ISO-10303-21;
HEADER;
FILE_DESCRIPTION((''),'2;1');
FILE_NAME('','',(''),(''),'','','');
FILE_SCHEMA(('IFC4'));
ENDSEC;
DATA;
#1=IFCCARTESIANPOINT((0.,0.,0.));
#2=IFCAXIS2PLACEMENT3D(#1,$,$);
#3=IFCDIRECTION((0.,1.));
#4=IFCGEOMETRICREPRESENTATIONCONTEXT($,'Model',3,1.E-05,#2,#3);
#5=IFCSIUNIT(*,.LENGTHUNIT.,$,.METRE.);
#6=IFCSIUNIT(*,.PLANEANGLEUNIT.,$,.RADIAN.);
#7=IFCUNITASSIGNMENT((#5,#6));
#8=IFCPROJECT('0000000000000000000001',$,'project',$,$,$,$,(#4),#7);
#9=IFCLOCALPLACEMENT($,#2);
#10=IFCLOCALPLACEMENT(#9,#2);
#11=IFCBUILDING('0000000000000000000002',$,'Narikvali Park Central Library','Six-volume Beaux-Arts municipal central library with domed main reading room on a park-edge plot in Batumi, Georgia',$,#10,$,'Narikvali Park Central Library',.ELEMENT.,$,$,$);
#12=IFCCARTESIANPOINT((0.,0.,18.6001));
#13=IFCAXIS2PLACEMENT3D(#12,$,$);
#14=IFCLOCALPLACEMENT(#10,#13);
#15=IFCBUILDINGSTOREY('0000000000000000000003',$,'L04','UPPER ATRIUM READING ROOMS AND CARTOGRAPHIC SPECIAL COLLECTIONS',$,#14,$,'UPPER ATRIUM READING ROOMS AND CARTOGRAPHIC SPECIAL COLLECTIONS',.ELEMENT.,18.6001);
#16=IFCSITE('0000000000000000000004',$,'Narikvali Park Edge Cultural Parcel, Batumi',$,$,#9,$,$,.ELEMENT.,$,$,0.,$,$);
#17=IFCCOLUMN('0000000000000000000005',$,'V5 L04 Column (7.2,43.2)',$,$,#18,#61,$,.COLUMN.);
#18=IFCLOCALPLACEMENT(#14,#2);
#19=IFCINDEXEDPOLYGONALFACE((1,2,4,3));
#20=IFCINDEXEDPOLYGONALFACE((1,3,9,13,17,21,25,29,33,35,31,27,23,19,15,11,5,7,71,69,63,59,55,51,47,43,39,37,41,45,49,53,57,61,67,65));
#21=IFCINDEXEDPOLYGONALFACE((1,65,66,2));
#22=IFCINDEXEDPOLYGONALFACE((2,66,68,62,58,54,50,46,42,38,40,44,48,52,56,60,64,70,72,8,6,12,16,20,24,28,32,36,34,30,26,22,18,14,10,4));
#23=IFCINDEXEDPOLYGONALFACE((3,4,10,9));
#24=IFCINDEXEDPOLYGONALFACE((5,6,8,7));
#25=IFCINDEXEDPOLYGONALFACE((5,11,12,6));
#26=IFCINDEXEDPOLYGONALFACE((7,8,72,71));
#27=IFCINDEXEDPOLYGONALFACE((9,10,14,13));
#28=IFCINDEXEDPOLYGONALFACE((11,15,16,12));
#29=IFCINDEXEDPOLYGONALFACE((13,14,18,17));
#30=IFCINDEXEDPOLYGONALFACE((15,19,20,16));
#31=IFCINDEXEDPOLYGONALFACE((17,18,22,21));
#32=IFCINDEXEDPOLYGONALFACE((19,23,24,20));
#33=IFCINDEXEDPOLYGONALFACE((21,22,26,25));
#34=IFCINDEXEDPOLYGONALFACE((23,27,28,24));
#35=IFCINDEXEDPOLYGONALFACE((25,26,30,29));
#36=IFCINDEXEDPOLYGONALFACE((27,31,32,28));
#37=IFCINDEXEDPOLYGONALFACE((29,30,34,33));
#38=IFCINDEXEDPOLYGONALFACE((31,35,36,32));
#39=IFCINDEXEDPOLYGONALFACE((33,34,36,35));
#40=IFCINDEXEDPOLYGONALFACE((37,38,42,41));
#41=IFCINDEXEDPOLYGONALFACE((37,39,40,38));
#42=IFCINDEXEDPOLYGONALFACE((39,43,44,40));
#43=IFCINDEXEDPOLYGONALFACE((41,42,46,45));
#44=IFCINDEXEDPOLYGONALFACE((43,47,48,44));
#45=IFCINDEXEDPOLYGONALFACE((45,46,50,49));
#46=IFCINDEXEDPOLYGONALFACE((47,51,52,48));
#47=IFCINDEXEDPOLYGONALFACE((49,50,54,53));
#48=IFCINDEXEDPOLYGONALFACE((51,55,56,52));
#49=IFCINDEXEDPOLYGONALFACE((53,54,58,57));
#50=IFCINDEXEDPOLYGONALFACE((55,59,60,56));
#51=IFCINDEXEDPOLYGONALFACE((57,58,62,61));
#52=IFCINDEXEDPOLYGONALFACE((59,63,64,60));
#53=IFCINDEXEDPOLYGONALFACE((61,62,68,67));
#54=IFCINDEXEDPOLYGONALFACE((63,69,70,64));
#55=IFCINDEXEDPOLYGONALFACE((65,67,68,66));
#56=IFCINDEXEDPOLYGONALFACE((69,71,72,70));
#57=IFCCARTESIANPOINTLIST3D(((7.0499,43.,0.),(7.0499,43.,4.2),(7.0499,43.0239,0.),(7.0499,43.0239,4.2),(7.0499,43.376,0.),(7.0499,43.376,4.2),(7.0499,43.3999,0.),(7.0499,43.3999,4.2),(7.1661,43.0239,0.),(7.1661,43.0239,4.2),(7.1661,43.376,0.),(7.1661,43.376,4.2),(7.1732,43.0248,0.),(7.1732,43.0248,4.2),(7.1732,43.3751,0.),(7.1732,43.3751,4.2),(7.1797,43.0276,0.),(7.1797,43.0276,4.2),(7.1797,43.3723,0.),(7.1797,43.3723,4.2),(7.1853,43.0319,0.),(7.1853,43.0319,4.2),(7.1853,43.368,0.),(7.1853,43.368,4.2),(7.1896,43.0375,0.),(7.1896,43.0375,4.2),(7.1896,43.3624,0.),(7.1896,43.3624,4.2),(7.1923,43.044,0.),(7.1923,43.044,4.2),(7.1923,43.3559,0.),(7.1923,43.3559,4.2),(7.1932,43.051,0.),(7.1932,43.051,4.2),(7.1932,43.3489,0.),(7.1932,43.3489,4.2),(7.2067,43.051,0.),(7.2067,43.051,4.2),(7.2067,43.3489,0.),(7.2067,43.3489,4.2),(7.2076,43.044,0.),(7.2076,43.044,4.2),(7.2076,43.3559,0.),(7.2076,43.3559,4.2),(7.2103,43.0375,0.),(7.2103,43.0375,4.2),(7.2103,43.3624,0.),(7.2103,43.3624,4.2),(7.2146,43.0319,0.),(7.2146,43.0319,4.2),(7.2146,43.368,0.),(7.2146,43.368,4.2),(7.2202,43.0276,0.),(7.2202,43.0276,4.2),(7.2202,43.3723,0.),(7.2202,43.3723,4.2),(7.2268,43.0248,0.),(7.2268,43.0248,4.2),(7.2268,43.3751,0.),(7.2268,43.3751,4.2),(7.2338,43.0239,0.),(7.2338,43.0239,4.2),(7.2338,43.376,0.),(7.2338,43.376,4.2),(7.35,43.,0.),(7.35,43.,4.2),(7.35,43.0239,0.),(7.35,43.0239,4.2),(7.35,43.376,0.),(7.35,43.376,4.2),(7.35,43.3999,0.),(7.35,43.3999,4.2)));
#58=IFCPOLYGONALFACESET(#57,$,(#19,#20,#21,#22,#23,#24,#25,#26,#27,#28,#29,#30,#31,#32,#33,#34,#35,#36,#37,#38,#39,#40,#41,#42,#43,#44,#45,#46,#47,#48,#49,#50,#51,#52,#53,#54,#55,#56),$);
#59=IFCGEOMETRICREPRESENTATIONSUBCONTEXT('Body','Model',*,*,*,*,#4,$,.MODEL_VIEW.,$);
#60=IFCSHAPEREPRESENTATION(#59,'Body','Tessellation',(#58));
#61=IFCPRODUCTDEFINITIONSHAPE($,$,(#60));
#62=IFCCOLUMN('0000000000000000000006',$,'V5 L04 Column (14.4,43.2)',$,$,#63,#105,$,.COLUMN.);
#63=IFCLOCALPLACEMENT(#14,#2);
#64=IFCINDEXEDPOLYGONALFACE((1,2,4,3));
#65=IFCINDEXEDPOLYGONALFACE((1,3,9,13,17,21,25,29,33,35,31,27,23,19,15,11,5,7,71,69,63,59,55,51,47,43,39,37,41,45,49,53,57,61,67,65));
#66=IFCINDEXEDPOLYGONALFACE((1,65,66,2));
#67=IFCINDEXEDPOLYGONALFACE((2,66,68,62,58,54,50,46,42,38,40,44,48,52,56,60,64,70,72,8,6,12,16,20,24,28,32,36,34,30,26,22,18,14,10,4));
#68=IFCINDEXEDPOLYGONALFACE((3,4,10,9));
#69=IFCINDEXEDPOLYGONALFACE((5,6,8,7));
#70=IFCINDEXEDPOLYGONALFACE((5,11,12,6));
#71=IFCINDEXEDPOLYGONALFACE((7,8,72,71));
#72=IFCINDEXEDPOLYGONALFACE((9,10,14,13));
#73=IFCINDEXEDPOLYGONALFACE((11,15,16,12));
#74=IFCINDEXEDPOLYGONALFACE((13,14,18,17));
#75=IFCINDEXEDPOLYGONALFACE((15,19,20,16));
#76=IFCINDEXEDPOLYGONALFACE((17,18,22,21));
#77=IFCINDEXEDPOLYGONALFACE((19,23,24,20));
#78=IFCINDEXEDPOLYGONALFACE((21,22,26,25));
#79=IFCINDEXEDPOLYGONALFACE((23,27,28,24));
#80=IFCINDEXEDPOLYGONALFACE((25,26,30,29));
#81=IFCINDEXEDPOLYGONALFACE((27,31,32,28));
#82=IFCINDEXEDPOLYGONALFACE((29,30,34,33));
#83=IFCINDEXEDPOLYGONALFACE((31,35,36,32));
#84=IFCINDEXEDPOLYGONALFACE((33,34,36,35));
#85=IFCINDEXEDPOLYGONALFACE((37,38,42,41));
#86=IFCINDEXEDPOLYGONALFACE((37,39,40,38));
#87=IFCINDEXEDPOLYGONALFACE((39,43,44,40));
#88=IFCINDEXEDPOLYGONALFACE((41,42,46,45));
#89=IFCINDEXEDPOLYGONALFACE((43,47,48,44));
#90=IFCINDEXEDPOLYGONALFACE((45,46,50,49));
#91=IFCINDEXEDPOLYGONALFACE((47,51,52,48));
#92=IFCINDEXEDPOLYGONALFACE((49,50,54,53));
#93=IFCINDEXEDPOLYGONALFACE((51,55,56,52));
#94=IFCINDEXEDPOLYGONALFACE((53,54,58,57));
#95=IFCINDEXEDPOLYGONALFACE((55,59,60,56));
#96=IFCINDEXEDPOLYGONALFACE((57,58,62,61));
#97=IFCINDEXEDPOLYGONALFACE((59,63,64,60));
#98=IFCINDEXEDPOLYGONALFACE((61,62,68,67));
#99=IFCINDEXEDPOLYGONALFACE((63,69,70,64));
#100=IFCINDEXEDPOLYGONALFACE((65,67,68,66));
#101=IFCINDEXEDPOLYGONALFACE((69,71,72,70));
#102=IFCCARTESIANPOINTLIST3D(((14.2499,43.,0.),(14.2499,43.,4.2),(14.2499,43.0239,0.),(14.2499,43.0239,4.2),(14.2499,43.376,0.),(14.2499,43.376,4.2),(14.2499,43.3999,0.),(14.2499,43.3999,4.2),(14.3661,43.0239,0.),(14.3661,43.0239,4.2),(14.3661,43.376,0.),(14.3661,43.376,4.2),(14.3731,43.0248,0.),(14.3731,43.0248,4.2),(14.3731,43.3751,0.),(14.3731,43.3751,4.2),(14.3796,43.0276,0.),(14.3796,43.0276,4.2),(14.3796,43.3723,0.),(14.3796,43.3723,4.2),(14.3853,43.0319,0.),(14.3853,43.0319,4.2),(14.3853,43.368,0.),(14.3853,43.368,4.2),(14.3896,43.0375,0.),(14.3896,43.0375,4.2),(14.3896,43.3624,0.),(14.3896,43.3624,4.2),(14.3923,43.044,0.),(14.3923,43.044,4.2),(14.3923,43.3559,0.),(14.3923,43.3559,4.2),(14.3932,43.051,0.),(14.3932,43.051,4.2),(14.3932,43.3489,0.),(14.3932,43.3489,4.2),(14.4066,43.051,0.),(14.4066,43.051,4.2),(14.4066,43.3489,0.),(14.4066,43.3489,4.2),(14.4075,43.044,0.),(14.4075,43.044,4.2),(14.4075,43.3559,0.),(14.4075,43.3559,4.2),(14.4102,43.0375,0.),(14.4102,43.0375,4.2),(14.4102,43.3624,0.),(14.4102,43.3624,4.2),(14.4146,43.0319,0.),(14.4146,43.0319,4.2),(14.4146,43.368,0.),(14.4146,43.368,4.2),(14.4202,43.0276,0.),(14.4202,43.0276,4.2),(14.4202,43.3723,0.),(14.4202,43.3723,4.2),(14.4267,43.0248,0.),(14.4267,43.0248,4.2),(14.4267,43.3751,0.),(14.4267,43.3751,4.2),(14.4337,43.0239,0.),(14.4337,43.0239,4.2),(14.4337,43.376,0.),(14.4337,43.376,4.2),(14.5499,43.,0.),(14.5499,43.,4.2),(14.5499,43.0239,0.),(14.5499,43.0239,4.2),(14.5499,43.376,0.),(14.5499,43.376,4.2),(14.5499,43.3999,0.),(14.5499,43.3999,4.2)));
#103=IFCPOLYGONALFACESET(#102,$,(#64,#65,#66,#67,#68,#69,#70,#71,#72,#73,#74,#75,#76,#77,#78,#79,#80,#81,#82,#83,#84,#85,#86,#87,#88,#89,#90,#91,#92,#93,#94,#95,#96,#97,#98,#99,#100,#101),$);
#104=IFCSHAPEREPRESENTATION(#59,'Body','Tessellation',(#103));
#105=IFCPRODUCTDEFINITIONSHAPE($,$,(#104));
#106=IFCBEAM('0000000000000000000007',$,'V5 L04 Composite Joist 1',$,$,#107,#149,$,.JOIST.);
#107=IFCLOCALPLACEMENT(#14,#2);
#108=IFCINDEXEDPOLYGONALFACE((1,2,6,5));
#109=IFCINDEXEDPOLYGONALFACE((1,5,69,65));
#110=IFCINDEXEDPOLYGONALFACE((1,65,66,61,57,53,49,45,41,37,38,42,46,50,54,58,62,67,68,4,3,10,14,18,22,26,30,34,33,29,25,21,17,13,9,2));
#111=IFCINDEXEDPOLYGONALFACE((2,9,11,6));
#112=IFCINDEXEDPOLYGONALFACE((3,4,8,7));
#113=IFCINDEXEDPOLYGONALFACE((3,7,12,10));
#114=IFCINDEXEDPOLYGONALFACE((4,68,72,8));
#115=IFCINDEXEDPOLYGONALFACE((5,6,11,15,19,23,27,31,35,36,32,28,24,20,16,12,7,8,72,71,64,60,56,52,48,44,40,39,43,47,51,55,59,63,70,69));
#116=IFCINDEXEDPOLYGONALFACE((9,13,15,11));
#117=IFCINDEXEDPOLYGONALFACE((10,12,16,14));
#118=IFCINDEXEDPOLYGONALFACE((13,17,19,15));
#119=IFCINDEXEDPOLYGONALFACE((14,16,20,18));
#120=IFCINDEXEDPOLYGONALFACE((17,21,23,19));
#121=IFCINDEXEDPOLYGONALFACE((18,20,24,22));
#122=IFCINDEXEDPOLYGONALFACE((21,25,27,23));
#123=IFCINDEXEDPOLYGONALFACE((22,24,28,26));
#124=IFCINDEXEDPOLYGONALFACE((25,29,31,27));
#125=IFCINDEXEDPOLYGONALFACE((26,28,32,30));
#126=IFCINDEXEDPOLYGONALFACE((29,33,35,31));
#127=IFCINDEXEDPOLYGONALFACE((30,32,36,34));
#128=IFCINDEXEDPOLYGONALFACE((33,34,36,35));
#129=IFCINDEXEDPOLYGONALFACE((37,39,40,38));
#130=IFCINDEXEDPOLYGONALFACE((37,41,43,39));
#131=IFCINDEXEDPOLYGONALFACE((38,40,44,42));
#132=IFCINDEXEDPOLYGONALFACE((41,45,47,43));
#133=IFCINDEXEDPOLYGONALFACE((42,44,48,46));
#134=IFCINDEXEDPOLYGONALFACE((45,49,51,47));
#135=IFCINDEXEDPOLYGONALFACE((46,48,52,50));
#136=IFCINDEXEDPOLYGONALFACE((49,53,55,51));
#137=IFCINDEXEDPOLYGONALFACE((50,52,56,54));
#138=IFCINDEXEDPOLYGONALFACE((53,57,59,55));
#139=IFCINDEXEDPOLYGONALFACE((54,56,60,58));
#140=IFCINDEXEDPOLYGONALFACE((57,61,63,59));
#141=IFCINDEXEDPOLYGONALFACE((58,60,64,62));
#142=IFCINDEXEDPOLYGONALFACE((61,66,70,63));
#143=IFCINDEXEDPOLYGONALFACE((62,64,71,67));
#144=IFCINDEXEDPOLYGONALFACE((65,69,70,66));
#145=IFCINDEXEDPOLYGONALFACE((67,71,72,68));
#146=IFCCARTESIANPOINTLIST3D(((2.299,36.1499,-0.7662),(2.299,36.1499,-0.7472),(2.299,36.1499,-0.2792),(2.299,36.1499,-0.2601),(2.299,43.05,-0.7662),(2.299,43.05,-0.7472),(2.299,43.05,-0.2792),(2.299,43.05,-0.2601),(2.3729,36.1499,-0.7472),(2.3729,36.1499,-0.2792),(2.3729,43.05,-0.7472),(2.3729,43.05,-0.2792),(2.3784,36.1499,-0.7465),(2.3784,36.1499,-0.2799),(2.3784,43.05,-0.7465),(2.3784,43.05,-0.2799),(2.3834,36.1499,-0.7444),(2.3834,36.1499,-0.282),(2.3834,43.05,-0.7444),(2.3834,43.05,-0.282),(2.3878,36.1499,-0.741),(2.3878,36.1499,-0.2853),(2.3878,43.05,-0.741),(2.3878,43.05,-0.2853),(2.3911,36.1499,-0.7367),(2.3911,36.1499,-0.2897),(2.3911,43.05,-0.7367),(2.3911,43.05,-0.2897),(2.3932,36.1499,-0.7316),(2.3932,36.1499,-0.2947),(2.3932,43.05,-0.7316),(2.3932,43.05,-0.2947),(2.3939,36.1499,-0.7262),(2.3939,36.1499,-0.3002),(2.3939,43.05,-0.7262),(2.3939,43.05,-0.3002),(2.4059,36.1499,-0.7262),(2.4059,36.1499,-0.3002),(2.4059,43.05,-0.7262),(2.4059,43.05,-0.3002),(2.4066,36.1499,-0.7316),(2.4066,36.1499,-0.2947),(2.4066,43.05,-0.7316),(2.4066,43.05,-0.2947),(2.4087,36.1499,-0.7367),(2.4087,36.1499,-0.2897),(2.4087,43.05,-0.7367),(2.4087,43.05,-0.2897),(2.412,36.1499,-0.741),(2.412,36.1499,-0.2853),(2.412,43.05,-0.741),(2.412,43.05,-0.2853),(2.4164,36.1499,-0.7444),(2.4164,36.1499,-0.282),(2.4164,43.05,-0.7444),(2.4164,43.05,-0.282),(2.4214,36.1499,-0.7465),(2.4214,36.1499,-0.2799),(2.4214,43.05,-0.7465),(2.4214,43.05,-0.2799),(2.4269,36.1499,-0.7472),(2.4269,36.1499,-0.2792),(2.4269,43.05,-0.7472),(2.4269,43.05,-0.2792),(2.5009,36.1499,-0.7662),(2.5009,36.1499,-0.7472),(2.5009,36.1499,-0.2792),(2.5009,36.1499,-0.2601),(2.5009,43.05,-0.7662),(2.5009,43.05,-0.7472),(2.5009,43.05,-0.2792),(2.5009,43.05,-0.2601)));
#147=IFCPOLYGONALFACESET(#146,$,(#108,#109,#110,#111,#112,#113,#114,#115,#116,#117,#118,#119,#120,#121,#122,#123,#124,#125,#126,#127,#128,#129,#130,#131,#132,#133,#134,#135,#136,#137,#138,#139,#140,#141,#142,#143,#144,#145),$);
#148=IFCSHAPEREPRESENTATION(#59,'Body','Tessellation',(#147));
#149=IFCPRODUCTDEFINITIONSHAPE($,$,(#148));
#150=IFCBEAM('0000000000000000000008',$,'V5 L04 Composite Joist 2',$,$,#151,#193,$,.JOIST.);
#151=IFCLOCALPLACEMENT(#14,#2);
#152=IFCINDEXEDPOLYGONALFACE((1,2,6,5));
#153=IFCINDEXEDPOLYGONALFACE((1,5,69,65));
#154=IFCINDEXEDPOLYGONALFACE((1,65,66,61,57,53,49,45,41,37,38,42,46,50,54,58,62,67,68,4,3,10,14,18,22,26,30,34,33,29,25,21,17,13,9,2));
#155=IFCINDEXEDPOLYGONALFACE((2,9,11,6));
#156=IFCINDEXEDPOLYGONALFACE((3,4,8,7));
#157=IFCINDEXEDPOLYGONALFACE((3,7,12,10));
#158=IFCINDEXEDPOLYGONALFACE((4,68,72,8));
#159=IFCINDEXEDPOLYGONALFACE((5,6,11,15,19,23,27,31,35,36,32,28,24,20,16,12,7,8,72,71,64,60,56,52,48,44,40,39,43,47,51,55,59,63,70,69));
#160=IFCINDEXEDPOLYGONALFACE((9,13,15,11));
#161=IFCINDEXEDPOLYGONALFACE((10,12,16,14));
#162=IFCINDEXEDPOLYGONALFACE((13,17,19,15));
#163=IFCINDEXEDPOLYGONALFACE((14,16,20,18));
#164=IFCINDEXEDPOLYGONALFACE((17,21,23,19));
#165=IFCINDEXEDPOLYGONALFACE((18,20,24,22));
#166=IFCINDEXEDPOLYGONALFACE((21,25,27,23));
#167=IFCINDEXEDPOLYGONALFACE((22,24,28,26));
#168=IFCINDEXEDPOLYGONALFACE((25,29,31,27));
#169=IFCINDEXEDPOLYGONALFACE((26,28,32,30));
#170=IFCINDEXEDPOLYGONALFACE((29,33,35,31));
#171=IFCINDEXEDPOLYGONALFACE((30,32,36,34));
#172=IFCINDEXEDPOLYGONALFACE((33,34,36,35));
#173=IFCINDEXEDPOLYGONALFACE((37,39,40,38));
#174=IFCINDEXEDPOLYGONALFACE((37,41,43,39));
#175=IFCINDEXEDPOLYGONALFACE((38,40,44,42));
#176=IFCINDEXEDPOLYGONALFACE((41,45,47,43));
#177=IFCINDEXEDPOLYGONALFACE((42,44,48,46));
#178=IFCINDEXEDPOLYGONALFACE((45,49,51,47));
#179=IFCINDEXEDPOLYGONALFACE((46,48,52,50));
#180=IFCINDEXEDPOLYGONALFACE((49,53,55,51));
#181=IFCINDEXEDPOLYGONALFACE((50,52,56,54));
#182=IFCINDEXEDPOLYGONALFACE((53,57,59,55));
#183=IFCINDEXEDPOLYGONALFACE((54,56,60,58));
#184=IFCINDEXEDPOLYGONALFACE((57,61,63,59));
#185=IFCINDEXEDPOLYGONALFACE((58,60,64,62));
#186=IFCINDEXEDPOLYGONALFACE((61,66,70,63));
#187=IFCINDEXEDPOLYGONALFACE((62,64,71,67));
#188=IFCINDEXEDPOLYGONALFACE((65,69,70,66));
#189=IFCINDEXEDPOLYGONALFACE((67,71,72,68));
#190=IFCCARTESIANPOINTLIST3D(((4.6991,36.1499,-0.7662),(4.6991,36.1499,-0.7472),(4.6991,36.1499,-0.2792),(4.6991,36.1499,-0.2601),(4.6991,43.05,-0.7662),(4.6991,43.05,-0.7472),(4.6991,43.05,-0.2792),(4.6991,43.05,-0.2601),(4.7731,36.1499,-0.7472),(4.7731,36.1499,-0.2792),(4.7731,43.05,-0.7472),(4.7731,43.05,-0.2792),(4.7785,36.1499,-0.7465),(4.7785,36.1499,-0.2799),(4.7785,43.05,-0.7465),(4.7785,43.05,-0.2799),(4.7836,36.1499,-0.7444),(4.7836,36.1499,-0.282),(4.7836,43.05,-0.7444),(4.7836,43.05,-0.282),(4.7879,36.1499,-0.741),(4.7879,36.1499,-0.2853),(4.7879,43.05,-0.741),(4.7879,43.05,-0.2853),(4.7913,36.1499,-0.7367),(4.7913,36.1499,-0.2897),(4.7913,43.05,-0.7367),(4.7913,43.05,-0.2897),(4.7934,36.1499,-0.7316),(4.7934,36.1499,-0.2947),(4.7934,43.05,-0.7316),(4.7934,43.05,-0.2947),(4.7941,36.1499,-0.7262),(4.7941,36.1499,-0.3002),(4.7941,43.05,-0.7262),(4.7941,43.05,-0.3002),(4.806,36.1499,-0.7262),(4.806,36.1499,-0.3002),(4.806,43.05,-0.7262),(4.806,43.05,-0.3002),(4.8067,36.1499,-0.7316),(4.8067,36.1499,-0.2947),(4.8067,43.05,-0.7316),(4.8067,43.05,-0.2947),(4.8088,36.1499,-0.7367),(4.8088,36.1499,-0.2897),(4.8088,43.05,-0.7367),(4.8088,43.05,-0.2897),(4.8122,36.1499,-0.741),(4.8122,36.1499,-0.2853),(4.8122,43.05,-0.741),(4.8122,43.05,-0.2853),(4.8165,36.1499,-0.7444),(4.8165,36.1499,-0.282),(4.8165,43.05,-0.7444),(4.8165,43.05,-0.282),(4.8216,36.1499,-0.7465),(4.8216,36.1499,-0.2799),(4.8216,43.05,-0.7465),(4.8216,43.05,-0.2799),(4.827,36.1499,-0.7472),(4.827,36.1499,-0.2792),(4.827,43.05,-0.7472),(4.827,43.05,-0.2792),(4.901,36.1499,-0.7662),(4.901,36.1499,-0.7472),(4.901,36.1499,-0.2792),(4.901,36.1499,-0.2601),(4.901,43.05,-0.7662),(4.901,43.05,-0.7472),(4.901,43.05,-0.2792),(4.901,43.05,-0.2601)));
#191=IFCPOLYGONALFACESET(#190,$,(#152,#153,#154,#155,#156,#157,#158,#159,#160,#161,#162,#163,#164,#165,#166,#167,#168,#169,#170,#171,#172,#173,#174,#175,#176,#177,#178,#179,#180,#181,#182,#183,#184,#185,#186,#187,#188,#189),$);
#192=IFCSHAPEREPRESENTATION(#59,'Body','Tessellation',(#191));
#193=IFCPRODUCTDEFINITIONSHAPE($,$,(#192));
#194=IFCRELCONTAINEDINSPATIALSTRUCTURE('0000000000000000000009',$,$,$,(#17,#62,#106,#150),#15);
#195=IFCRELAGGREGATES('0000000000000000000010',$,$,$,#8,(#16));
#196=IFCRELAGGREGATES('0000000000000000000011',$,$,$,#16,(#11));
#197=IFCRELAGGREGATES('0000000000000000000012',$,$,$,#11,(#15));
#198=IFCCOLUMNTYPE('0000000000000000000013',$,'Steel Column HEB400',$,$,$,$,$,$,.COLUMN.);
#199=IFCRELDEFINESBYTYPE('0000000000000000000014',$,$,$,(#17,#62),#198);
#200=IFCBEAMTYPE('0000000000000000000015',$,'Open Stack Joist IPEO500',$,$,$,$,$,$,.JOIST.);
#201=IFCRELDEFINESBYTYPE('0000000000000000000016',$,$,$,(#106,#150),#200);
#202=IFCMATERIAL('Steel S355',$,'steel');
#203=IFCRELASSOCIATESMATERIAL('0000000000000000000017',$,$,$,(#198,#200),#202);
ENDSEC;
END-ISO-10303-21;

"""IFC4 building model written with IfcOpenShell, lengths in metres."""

from ifc_helpers import new_model, si_unit, direction, frame, origin, origin_2d, place, context, subcontext, project, spatial, i_section, extrude, material, material_profile, profile_set, type_object, element, save


model = new_model("IFC4")

# Units and contexts
model_context = context("Model", 3, precision=1e-05, world=origin(), true_north=direction((0.0, 1.0)))
body_context = subcontext(model_context, "Body", "Model", "MODEL_VIEW")
ifc_project = project(units=[si_unit("LENGTHUNIT", "METRE"), si_unit("PLANEANGLEUNIT", "RADIAN")], contexts=[model_context])

# Site, building, storey
site_placement = place(None, origin())
site = spatial("IfcSite", under=ifc_project, at=site_placement, Name="Narikvali Park Edge Cultural Parcel, Batumi", CompositionType="ELEMENT", RefElevation=0.0)
building_placement = place(site_placement, origin())
building = spatial("IfcBuilding", under=site, at=building_placement, Name="Narikvali Park Central Library", Description="Six-volume Beaux-Arts municipal central library with domed main reading room on a park-edge plot in Batumi, Georgia", LongName="Narikvali Park Central Library", CompositionType="ELEMENT")
storey_placement = place(building_placement, frame((0.0, 0.0, 18.6001)))
storey = spatial("IfcBuildingStorey", under=building, at=storey_placement, Name="L04", Description="UPPER ATRIUM READING ROOMS AND CARTOGRAPHIC SPECIAL COLLECTIONS", LongName="UPPER ATRIUM READING ROOMS AND CARTOGRAPHIC SPECIAL COLLECTIONS", CompositionType="ELEMENT", Elevation=18.6001)

# Columns
ifc_material_1 = material(Name="Steel S355", Category="steel")
ifc_material_profile_1 = material_profile(ifc_material_1, i_section(OverallWidth=0.3, OverallDepth=0.3999, WebThickness=0.0134, FlangeThickness=0.0239, FilletRadius=0.0271, at=origin_2d()), Name="HEB 400")
ifc_profile_set_1 = profile_set([ifc_material_profile_1], Name="Steel S355")
column_type = type_object("IfcColumnType", Name="Steel Column HEB400", PredefinedType="COLUMN", material=ifc_profile_set_1)
for number, where, z_axis, x_axis, name in (
    (1, (7.2, 43.2, 0.0), (0.0, 0.0, 1.0), (1.0, 0.0, 0.0), "V5 L04 Column (7.2,43.2)"),
    (2, (14.3999, 43.2, 0.0), (0.0, 0.0, 1.0), (1.0, 0.0, 0.0), "V5 L04 Column (14.4,43.2)"),
):
    element("IfcColumn", number, at=place(storey_placement, frame(where, z_axis=z_axis, x_axis=x_axis)), inside=storey, type_object=column_type, Name=name, PredefinedType="COLUMN", context=body_context, shape_type="SweptSolid", body=[
        extrude(i_section(OverallWidth=0.3, OverallDepth=0.3999, WebThickness=0.0134, FlangeThickness=0.0239, FilletRadius=0.0271, at=origin_2d()), origin(), (0.0, 0.0, 1.0), 4.2),
    ])

# Beams
ifc_material_profile_2 = material_profile(ifc_material_1, i_section(OverallWidth=0.2019, OverallDepth=0.5061, WebThickness=0.012, FlangeThickness=0.019, FilletRadius=0.021, at=origin_2d()), Name="IPEO 500")
ifc_profile_set_2 = profile_set([ifc_material_profile_2], Name="Steel S355")
beam_type_1 = type_object("IfcBeamType", Name="Open Stack Joist IPEO500", PredefinedType="JOIST", material=ifc_profile_set_2)
for number, where, z_axis, x_axis, name in (
    (3, (2.3999, 36.1499, -0.5132), (0.0, 1.0, 0.0), (-1.0, 0.0, 0.0), "V5 L04 Composite Joist 1"),
    (4, (4.8, 36.1499, -0.5132), (0.0, 1.0, 0.0), (-1.0, 0.0, 0.0), "V5 L04 Composite Joist 2"),
):
    element("IfcBeam", number, at=place(storey_placement, frame(where, z_axis=z_axis, x_axis=x_axis)), inside=storey, type_object=beam_type_1, Name=name, PredefinedType="JOIST", context=body_context, shape_type="SweptSolid", body=[
        extrude(i_section(OverallWidth=0.2019, OverallDepth=0.5061, WebThickness=0.012, FlangeThickness=0.019, FilletRadius=0.021, at=origin_2d()), origin(), (0.0, 0.0, 1.0), 6.9001),
    ])

save(model, "model.ifc")
